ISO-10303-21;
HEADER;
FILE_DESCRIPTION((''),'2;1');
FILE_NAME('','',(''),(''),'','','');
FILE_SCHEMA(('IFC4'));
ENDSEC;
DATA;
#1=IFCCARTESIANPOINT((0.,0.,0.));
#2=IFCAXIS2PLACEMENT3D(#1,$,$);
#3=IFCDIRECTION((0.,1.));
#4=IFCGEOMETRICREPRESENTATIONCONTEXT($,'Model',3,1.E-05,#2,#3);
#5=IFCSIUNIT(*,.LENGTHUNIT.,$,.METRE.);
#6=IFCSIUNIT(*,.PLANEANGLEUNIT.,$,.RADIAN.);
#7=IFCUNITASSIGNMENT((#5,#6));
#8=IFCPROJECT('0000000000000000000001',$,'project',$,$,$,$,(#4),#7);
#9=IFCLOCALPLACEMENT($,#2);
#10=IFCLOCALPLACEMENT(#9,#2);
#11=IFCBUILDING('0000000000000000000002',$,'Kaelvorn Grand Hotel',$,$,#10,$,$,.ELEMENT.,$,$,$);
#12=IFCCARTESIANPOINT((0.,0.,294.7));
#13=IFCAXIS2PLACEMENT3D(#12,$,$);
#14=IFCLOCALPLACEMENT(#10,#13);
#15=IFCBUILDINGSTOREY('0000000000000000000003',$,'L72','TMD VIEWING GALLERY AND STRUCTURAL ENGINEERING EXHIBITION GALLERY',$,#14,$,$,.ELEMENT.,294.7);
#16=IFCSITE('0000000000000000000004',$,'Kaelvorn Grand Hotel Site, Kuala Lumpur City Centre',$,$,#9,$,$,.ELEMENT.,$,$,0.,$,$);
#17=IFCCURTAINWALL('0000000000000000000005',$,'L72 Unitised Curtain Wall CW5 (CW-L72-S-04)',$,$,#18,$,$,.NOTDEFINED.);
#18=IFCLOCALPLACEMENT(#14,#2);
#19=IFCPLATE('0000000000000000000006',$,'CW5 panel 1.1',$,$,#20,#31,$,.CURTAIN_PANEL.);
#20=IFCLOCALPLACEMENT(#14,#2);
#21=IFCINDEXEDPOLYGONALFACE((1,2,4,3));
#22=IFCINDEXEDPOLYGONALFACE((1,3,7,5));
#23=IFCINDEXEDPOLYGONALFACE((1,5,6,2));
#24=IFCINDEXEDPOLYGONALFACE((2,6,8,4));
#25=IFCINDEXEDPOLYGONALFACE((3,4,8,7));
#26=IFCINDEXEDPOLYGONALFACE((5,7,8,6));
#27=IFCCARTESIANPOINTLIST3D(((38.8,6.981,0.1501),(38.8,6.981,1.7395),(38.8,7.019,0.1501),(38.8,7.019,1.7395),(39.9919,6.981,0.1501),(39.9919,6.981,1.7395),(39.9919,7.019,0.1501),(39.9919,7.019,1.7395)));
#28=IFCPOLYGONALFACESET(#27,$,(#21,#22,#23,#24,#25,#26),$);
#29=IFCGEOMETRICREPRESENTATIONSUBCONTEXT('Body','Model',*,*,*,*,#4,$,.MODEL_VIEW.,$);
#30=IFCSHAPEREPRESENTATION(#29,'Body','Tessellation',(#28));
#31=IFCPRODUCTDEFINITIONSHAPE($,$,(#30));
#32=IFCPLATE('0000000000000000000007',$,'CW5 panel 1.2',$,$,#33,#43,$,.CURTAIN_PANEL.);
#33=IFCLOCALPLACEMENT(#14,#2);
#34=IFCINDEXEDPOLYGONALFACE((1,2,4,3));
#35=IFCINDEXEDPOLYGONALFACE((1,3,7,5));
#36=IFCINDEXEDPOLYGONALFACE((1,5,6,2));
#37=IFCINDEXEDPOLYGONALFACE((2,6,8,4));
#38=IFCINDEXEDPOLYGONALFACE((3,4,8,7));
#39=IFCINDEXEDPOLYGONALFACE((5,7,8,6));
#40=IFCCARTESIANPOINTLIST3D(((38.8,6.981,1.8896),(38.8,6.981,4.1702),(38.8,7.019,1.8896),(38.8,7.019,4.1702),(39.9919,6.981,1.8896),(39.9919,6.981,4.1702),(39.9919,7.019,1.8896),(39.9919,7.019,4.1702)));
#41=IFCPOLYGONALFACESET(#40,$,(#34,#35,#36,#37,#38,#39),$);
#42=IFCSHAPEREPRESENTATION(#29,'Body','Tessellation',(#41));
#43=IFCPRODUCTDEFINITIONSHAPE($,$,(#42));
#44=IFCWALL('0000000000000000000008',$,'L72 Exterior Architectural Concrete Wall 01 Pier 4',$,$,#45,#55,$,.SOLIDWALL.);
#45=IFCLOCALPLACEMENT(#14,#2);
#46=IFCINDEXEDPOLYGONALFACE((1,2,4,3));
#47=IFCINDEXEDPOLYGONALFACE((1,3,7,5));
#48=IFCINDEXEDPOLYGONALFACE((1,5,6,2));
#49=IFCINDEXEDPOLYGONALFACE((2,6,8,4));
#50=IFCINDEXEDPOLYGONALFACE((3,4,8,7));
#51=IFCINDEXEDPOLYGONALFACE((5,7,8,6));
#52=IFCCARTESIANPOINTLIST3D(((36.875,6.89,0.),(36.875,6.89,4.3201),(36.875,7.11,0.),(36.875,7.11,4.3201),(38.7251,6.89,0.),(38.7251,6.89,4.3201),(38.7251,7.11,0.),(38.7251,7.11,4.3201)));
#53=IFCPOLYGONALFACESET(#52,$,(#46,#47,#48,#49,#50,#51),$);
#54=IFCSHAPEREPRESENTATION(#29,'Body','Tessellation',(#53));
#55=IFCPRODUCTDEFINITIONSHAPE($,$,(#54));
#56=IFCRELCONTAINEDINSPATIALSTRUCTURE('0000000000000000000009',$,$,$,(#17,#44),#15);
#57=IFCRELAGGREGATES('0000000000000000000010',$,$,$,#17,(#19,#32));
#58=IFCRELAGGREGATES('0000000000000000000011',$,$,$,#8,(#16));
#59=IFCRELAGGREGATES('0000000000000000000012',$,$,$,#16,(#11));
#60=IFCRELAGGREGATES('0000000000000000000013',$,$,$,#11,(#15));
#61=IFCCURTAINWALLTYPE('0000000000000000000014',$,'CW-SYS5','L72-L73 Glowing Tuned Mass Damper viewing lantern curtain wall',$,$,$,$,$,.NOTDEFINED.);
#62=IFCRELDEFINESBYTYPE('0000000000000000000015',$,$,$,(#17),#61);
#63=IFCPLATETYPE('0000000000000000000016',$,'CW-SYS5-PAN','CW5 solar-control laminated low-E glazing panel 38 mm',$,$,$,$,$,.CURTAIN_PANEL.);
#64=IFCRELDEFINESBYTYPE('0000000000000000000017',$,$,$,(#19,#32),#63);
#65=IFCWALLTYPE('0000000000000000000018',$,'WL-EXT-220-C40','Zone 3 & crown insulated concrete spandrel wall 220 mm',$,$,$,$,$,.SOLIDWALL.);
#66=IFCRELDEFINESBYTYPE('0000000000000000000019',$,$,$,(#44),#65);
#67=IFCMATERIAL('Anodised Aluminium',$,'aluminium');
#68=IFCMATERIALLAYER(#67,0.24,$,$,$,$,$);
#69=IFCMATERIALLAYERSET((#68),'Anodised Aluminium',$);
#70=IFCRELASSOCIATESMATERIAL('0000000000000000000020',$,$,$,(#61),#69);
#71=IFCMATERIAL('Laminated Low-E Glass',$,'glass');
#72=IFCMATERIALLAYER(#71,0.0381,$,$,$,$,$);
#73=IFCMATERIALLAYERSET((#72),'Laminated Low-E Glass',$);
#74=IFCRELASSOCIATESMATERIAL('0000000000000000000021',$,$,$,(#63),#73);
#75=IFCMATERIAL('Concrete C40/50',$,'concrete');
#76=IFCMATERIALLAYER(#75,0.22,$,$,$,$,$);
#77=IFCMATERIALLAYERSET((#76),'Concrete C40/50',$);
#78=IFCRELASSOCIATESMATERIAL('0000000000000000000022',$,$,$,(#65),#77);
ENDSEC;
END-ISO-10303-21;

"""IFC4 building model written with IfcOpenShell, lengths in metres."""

from ifc_helpers import new_model, si_unit, direction, frame, frame_2d, origin, origin_2d, place, context, subcontext, project, spatial, rectangle, extrude, material, layer, layer_set, type_object, element, aggregate, save


model = new_model("IFC4")

# Units and contexts
model_context = context("Model", 3, precision=1e-05, world=origin(), true_north=direction((0.0, 1.0)))
body_context = subcontext(model_context, "Body", "Model", "MODEL_VIEW")
ifc_project = project(units=[si_unit("LENGTHUNIT", "METRE"), si_unit("PLANEANGLEUNIT", "RADIAN")], contexts=[model_context])

# Site, building, storey
site_placement = place(None, origin())
site = spatial("IfcSite", under=ifc_project, at=site_placement, Name="Kaelvorn Grand Hotel Site, Kuala Lumpur City Centre", CompositionType="ELEMENT", RefElevation=0.0)
building_placement = place(site_placement, origin())
building = spatial("IfcBuilding", under=site, at=building_placement, Name="Kaelvorn Grand Hotel", CompositionType="ELEMENT")
storey_placement = place(building_placement, frame((0.0, 0.0, 294.7)))
storey = spatial("IfcBuildingStorey", under=building, at=storey_placement, Name="L72", Description="TMD VIEWING GALLERY AND STRUCTURAL ENGINEERING EXHIBITION GALLERY", CompositionType="ELEMENT", Elevation=294.7)

# Shared definitions
ifc_material_1 = material(Name="Anodised Aluminium", Category="aluminium")
ifc_layer_1 = layer(ifc_material_1, 0.24)
ifc_layer_set_1 = layer_set([ifc_layer_1], Name="Anodised Aluminium")
curtain_wall_type = type_object("IfcCurtainWallType", Name="CW-SYS5", Description="L72-L73 Glowing Tuned Mass Damper viewing lantern curtain wall", PredefinedType="NOTDEFINED", material=ifc_layer_set_1)

# Curtain wall
curtain_wall_1_placement = place(storey_placement, origin())
curtain_wall_1 = element("IfcCurtainWall", 1, at=curtain_wall_1_placement, inside=storey, type_object=curtain_wall_type, Name="L72 Unitised Curtain Wall CW5 (CW-L72-S-04)", PredefinedType="NOTDEFINED")

# Plates
ifc_material_2 = material(Name="Laminated Low-E Glass", Category="glass")
ifc_layer_2 = layer(ifc_material_2, 0.0381)
ifc_layer_set_2 = layer_set([ifc_layer_2], Name="Laminated Low-E Glass")
plate_type = type_object("IfcPlateType", Name="CW-SYS5-PAN", Description="CW5 solar-control laminated low-E glazing panel 38 mm", PredefinedType="CURTAIN_PANEL", material=ifc_layer_set_2)
plate_1_placement = place(storey_placement, frame((39.396, 7.0, 0.1501), z_axis=(0.0, 0.0, 1.0), x_axis=(1.0, 0.0, 0.0)))
plate_1 = element("IfcPlate", 2, at=plate_1_placement, type_object=plate_type, Name="CW5 panel 1.1", PredefinedType="CURTAIN_PANEL", context=body_context, shape_type="SweptSolid", body=[
    extrude(rectangle(XDim=1.1919, YDim=0.0381, at=origin_2d()), origin(), (0.0, 0.0, 1.0), 1.5894),
])
plate_2_placement = place(storey_placement, frame((39.396, 7.0, 1.8896), z_axis=(0.0, 0.0, 1.0), x_axis=(1.0, 0.0, 0.0)))
plate_2 = element("IfcPlate", 3, at=plate_2_placement, type_object=plate_type, Name="CW5 panel 1.2", PredefinedType="CURTAIN_PANEL", context=body_context, shape_type="SweptSolid", body=[
    extrude(rectangle(XDim=1.1919, YDim=0.0381, at=origin_2d()), origin(), (0.0, 0.0, 1.0), 2.2805),
])
aggregate(curtain_wall_1, [plate_1, plate_2])

# Wall
ifc_material_3 = material(Name="Concrete C40/50", Category="concrete")
ifc_layer_3 = layer(ifc_material_3, 0.22)
ifc_layer_set_3 = layer_set([ifc_layer_3], Name="Concrete C40/50")
wall_type = type_object("IfcWallType", Name="WL-EXT-220-C40", Description="Zone 3 & crown insulated concrete spandrel wall 220 mm", PredefinedType="SOLIDWALL", material=ifc_layer_set_3)
wall_placement = place(storey_placement, frame((36.875, 7.0, 0.0), z_axis=(0.0, 0.0, 1.0), x_axis=(1.0, 0.0, 0.0)))
element("IfcWall", 4, at=wall_placement, inside=storey, type_object=wall_type, Name="L72 Exterior Architectural Concrete Wall 01 Pier 4", PredefinedType="SOLIDWALL", context=body_context, shape_type="SweptSolid", body=[
    extrude(rectangle(XDim=1.8501, YDim=0.22, at=frame_2d((0.925, 0.0))), origin(), (0.0, 0.0, 1.0), 4.3201),
])

save(model, "model.ifc")
